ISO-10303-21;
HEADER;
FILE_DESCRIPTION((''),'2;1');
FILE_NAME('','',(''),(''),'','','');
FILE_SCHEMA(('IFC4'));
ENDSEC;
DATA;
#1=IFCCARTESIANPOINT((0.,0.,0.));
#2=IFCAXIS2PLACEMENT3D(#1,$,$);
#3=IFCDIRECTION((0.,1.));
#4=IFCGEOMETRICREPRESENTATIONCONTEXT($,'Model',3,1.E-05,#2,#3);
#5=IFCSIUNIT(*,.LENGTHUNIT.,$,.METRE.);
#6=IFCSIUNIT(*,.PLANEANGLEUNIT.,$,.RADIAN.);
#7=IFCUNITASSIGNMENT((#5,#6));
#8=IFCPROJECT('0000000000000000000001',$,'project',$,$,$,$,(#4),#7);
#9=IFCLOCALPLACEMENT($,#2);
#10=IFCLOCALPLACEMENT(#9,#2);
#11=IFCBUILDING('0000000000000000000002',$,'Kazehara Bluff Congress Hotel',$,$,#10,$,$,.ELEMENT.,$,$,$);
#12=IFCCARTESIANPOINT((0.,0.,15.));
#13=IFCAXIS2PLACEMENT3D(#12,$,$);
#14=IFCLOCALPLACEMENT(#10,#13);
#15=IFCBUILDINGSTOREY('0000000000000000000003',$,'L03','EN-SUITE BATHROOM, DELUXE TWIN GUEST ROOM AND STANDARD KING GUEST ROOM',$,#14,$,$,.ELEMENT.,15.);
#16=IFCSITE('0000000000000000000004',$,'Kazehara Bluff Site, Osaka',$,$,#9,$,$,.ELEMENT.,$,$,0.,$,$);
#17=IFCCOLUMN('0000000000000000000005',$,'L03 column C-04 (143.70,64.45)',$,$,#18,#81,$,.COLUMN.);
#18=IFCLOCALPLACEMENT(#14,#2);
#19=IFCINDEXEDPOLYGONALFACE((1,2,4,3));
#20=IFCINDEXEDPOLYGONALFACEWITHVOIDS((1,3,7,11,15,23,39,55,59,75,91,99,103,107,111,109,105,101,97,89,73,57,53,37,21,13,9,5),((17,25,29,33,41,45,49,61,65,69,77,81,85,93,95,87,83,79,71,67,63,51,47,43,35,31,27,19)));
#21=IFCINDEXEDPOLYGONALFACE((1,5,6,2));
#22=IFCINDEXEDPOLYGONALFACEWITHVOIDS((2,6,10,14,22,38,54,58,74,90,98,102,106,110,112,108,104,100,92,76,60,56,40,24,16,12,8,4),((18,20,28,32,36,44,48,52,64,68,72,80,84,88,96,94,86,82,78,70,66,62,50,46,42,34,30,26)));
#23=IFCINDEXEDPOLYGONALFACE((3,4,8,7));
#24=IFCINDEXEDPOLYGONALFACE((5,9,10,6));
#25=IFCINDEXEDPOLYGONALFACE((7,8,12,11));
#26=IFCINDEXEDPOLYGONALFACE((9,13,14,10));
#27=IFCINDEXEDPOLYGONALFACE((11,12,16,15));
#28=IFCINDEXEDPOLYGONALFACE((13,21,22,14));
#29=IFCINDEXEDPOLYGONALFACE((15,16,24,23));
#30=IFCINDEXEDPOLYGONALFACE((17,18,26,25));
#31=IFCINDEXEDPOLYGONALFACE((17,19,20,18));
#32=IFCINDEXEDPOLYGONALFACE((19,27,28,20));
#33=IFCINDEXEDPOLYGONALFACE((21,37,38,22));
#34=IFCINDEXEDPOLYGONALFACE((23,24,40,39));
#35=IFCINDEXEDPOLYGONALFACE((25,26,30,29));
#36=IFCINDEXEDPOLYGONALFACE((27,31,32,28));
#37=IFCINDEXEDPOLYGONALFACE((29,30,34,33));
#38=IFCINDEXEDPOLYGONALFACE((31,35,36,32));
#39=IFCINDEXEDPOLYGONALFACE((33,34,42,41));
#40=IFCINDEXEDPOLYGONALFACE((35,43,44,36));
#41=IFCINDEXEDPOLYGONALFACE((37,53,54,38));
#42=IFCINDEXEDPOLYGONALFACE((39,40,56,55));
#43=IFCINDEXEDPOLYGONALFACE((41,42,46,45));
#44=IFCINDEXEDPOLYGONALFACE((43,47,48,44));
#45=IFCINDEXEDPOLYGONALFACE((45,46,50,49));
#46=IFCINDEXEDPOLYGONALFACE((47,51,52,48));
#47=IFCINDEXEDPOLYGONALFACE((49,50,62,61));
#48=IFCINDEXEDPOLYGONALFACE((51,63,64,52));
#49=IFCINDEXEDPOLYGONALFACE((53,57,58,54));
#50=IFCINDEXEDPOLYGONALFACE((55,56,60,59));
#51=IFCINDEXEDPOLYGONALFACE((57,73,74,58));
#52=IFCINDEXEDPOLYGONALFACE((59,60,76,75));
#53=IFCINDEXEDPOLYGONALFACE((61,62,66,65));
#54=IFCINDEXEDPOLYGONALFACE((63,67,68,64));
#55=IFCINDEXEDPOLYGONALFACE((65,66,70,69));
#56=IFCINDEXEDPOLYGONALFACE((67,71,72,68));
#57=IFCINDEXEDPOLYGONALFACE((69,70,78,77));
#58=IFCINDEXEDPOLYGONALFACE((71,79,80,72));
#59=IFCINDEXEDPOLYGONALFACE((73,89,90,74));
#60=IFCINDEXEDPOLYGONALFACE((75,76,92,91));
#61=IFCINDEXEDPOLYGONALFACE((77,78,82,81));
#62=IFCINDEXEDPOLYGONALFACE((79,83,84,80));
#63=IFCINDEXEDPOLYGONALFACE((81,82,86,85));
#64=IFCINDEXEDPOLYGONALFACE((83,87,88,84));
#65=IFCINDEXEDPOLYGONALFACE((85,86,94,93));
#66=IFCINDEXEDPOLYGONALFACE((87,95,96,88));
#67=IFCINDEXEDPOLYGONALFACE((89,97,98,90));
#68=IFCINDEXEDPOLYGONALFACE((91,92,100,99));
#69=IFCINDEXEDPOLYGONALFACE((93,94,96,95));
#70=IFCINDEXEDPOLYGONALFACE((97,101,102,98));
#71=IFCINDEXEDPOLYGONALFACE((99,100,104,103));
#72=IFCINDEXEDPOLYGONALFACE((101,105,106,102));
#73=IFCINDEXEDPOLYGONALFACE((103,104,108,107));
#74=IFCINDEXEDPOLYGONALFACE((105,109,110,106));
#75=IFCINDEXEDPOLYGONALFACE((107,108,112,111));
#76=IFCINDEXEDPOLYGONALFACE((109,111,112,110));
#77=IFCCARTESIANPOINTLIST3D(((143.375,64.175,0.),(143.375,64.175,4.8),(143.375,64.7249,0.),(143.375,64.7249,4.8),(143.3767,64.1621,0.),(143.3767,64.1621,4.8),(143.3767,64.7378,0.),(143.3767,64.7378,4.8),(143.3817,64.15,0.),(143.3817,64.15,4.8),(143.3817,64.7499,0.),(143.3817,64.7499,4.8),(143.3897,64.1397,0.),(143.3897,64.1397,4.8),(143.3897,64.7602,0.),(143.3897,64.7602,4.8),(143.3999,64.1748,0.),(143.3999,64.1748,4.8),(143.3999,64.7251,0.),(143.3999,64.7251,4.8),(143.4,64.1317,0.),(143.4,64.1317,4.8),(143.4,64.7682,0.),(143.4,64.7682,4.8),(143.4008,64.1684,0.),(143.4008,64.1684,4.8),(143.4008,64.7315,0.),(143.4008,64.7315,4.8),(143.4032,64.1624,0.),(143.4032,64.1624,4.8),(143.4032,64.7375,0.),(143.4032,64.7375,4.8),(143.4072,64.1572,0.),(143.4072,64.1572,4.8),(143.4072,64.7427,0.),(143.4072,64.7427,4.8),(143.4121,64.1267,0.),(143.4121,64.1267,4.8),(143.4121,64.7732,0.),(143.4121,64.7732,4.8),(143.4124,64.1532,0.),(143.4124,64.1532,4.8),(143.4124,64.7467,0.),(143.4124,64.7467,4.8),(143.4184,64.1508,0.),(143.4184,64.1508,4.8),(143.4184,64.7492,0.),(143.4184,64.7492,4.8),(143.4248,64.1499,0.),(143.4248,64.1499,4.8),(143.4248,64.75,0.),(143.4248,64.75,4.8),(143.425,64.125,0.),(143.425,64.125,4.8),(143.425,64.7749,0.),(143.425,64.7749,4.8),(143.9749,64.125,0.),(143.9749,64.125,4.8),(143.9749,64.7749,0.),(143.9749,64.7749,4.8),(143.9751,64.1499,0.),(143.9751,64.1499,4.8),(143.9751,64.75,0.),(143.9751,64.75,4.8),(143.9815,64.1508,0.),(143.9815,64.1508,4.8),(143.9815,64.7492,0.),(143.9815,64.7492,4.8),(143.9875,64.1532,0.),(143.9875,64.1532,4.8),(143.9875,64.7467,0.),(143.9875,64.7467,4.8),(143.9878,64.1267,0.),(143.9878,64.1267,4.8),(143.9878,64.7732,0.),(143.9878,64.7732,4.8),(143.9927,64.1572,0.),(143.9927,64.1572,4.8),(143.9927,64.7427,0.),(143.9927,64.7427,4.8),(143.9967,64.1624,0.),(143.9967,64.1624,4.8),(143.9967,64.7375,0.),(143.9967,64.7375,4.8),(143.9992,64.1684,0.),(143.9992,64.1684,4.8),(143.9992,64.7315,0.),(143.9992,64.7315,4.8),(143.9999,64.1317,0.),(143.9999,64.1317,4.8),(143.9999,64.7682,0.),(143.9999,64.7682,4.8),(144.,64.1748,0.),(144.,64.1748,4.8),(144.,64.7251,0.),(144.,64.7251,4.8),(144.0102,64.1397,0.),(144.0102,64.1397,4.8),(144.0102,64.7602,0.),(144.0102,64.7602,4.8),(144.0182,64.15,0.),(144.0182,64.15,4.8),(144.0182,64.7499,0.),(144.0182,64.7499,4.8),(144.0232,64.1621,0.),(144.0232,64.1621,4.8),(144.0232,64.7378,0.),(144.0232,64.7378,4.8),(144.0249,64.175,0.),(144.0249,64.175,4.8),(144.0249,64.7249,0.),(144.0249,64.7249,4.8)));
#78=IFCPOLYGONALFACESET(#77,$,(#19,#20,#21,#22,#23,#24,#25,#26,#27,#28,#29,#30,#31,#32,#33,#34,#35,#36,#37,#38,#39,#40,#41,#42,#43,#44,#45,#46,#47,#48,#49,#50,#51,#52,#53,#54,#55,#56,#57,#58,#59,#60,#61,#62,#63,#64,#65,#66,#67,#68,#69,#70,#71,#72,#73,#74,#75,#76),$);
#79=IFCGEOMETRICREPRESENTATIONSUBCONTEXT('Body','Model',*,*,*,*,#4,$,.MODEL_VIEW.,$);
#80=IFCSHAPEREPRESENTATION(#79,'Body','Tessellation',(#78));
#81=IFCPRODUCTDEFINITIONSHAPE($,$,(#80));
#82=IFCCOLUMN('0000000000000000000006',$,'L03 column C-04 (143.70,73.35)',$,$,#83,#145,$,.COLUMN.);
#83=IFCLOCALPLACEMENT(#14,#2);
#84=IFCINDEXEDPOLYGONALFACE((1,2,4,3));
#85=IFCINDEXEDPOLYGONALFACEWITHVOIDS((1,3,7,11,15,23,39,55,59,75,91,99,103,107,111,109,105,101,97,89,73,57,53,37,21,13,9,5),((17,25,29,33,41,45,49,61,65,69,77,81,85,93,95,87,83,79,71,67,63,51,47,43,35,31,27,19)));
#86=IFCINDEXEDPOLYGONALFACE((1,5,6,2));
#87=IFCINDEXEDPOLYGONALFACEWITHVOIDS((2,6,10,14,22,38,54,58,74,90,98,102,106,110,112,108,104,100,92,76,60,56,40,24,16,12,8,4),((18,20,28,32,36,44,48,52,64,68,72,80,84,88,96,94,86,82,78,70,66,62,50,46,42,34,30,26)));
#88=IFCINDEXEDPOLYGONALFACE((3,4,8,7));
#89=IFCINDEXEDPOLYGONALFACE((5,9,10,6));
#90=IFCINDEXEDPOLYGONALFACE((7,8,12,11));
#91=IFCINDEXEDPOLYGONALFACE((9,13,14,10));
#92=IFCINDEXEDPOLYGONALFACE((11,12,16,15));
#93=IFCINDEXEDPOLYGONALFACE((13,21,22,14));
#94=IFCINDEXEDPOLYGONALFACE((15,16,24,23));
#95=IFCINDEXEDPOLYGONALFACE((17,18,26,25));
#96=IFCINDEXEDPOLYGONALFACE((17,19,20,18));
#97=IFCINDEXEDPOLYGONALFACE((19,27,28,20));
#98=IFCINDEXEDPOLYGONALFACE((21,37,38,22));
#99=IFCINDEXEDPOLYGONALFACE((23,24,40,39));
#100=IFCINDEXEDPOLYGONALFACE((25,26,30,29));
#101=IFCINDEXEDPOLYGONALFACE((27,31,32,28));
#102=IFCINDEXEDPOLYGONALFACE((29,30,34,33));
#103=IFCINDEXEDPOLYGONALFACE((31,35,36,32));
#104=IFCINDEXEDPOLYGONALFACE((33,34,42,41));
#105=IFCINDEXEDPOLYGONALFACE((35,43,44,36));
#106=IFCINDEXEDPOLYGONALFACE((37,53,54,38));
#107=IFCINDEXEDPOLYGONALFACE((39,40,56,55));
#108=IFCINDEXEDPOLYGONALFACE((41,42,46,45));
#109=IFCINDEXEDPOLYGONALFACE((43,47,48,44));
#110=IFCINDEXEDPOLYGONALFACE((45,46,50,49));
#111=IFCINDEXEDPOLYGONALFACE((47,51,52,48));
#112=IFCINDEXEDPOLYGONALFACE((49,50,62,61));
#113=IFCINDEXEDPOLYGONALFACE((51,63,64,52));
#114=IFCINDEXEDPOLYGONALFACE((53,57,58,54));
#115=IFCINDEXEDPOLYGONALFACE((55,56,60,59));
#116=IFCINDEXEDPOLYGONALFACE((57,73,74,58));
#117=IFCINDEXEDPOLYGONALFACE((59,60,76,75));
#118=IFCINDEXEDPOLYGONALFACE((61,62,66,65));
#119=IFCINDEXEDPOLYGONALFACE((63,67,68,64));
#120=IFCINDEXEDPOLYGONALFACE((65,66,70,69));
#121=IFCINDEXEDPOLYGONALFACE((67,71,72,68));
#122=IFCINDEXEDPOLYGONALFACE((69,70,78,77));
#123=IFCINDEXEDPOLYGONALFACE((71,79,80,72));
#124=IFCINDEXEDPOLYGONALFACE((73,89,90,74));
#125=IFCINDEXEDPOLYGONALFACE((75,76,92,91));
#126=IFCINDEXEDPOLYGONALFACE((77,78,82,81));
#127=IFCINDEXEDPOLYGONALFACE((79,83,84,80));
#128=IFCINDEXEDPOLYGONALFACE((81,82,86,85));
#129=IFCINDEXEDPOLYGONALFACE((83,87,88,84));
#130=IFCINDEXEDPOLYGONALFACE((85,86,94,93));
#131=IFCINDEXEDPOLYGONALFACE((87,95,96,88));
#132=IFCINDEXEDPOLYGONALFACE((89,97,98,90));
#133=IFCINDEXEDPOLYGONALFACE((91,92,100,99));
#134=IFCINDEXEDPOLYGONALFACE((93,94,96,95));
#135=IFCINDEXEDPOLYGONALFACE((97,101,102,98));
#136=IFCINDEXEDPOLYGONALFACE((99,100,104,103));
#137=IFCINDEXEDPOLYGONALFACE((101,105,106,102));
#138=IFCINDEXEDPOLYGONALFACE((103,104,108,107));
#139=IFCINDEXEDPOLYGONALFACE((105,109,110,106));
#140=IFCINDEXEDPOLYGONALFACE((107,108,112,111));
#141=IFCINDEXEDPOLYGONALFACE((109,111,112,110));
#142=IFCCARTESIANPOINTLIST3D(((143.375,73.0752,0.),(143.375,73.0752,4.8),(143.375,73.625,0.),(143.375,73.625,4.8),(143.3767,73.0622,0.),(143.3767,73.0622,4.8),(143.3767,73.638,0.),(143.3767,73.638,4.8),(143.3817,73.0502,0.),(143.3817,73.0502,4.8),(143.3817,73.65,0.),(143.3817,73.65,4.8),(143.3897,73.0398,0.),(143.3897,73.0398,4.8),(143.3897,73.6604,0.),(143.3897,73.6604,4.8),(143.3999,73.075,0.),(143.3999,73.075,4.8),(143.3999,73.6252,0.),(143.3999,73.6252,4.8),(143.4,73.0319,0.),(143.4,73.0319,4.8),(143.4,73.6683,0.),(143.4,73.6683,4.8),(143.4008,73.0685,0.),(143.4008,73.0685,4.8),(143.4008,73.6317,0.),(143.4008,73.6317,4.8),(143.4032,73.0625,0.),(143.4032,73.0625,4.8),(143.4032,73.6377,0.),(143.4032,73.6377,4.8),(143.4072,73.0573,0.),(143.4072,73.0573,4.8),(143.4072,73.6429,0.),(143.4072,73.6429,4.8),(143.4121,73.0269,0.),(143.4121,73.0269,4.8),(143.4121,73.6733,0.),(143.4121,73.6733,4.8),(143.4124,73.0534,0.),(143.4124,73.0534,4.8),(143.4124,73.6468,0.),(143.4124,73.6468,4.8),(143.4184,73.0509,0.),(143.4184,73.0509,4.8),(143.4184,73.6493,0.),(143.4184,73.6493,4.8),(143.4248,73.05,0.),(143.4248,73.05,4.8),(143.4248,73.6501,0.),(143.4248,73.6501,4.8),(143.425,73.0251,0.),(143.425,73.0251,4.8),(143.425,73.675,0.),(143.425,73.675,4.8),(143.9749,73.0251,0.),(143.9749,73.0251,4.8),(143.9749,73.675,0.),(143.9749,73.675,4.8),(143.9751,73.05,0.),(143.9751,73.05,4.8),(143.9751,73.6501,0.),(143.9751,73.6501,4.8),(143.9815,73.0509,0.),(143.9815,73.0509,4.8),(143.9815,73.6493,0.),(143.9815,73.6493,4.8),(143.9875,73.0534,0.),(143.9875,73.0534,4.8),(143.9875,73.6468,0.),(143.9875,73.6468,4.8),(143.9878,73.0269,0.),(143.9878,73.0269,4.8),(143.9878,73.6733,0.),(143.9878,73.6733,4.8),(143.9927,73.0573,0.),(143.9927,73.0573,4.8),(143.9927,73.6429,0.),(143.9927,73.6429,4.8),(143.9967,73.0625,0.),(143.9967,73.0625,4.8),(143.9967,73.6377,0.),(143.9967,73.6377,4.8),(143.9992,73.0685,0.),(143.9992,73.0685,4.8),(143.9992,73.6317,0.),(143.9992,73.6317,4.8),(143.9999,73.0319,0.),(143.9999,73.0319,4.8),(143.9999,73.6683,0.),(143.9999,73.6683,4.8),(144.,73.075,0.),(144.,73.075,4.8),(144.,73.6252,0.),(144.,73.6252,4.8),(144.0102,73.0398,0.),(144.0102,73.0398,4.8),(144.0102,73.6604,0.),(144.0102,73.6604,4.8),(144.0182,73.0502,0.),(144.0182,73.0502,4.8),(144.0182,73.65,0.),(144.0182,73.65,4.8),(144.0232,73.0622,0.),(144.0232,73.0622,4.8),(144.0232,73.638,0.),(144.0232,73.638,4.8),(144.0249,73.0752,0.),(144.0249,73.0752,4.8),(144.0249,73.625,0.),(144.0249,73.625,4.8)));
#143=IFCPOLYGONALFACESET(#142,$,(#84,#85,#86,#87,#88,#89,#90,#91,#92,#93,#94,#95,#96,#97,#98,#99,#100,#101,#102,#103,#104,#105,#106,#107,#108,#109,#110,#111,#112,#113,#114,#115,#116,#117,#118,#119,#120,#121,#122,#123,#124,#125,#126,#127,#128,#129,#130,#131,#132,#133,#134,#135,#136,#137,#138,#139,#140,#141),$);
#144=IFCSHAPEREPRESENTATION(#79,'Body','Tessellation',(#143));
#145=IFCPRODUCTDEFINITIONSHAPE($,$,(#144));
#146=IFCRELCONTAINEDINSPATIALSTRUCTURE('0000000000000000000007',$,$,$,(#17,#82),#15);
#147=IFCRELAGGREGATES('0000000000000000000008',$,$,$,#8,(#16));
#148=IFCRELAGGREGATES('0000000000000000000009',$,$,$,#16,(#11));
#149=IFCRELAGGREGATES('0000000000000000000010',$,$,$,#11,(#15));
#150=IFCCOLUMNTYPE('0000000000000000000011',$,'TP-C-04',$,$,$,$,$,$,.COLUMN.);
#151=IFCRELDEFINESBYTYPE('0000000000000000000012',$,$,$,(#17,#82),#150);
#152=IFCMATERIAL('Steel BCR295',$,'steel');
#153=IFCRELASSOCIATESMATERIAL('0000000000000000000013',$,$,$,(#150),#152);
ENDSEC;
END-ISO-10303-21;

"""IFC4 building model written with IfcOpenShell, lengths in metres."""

from ifc_helpers import new_model, si_unit, direction, frame, origin, origin_2d, place, context, subcontext, project, spatial, hollow_rectangle, extrude, material, material_profile, profile_set, type_object, element, save


model = new_model("IFC4")

# Units and contexts
model_context = context("Model", 3, precision=1e-05, world=origin(), true_north=direction((0.0, 1.0)))
body_context = subcontext(model_context, "Body", "Model", "MODEL_VIEW")
ifc_project = project(units=[si_unit("LENGTHUNIT", "METRE"), si_unit("PLANEANGLEUNIT", "RADIAN")], contexts=[model_context])

# Site, building, storey
site_placement = place(None, origin())
site = spatial("IfcSite", under=ifc_project, at=site_placement, Name="Kazehara Bluff Site, Osaka", CompositionType="ELEMENT", RefElevation=0.0)
building_placement = place(site_placement, origin())
building = spatial("IfcBuilding", under=site, at=building_placement, Name="Kazehara Bluff Congress Hotel", CompositionType="ELEMENT")
storey_placement = place(building_placement, frame((0.0, 0.0, 15.0)))
storey = spatial("IfcBuildingStorey", under=building, at=storey_placement, Name="L03", Description="EN-SUITE BATHROOM, DELUXE TWIN GUEST ROOM AND STANDARD KING GUEST ROOM", CompositionType="ELEMENT", Elevation=15.0)

# Columns
ifc_material_1 = material(Name="Steel BCR295", Category="steel")
ifc_material_profile_1 = material_profile(ifc_material_1, hollow_rectangle(XDim=0.6499, YDim=0.6499, WallThickness=0.0249, InnerFilletRadius=0.0249, OuterFilletRadius=0.05, at=origin_2d()))
ifc_profile_set_1 = profile_set([ifc_material_profile_1], Name="Steel BCR295")
column_type = type_object("IfcColumnType", Name="TP-C-04", PredefinedType="COLUMN", material=ifc_profile_set_1)
for number, where, z_axis, x_axis, name in (
    (1, (143.7, 64.45, 0.0), (0.0, 0.0, 1.0), (1.0, 0.0, 0.0), "L03 column C-04 (143.70,64.45)"),
    (2, (143.7, 73.3501, 0.0), (0.0, 0.0, 1.0), (1.0, 0.0, 0.0), "L03 column C-04 (143.70,73.35)"),
):
    element("IfcColumn", number, at=place(storey_placement, frame(where, z_axis=z_axis, x_axis=x_axis)), inside=storey, type_object=column_type, Name=name, PredefinedType="COLUMN", context=body_context, shape_type="SweptSolid", body=[
        extrude(hollow_rectangle(XDim=0.6499, YDim=0.6499, WallThickness=0.0249, InnerFilletRadius=0.0249, OuterFilletRadius=0.05, at=origin_2d()), origin(), (0.0, 0.0, 1.0), 4.8),
    ])

save(model, "model.ifc")
